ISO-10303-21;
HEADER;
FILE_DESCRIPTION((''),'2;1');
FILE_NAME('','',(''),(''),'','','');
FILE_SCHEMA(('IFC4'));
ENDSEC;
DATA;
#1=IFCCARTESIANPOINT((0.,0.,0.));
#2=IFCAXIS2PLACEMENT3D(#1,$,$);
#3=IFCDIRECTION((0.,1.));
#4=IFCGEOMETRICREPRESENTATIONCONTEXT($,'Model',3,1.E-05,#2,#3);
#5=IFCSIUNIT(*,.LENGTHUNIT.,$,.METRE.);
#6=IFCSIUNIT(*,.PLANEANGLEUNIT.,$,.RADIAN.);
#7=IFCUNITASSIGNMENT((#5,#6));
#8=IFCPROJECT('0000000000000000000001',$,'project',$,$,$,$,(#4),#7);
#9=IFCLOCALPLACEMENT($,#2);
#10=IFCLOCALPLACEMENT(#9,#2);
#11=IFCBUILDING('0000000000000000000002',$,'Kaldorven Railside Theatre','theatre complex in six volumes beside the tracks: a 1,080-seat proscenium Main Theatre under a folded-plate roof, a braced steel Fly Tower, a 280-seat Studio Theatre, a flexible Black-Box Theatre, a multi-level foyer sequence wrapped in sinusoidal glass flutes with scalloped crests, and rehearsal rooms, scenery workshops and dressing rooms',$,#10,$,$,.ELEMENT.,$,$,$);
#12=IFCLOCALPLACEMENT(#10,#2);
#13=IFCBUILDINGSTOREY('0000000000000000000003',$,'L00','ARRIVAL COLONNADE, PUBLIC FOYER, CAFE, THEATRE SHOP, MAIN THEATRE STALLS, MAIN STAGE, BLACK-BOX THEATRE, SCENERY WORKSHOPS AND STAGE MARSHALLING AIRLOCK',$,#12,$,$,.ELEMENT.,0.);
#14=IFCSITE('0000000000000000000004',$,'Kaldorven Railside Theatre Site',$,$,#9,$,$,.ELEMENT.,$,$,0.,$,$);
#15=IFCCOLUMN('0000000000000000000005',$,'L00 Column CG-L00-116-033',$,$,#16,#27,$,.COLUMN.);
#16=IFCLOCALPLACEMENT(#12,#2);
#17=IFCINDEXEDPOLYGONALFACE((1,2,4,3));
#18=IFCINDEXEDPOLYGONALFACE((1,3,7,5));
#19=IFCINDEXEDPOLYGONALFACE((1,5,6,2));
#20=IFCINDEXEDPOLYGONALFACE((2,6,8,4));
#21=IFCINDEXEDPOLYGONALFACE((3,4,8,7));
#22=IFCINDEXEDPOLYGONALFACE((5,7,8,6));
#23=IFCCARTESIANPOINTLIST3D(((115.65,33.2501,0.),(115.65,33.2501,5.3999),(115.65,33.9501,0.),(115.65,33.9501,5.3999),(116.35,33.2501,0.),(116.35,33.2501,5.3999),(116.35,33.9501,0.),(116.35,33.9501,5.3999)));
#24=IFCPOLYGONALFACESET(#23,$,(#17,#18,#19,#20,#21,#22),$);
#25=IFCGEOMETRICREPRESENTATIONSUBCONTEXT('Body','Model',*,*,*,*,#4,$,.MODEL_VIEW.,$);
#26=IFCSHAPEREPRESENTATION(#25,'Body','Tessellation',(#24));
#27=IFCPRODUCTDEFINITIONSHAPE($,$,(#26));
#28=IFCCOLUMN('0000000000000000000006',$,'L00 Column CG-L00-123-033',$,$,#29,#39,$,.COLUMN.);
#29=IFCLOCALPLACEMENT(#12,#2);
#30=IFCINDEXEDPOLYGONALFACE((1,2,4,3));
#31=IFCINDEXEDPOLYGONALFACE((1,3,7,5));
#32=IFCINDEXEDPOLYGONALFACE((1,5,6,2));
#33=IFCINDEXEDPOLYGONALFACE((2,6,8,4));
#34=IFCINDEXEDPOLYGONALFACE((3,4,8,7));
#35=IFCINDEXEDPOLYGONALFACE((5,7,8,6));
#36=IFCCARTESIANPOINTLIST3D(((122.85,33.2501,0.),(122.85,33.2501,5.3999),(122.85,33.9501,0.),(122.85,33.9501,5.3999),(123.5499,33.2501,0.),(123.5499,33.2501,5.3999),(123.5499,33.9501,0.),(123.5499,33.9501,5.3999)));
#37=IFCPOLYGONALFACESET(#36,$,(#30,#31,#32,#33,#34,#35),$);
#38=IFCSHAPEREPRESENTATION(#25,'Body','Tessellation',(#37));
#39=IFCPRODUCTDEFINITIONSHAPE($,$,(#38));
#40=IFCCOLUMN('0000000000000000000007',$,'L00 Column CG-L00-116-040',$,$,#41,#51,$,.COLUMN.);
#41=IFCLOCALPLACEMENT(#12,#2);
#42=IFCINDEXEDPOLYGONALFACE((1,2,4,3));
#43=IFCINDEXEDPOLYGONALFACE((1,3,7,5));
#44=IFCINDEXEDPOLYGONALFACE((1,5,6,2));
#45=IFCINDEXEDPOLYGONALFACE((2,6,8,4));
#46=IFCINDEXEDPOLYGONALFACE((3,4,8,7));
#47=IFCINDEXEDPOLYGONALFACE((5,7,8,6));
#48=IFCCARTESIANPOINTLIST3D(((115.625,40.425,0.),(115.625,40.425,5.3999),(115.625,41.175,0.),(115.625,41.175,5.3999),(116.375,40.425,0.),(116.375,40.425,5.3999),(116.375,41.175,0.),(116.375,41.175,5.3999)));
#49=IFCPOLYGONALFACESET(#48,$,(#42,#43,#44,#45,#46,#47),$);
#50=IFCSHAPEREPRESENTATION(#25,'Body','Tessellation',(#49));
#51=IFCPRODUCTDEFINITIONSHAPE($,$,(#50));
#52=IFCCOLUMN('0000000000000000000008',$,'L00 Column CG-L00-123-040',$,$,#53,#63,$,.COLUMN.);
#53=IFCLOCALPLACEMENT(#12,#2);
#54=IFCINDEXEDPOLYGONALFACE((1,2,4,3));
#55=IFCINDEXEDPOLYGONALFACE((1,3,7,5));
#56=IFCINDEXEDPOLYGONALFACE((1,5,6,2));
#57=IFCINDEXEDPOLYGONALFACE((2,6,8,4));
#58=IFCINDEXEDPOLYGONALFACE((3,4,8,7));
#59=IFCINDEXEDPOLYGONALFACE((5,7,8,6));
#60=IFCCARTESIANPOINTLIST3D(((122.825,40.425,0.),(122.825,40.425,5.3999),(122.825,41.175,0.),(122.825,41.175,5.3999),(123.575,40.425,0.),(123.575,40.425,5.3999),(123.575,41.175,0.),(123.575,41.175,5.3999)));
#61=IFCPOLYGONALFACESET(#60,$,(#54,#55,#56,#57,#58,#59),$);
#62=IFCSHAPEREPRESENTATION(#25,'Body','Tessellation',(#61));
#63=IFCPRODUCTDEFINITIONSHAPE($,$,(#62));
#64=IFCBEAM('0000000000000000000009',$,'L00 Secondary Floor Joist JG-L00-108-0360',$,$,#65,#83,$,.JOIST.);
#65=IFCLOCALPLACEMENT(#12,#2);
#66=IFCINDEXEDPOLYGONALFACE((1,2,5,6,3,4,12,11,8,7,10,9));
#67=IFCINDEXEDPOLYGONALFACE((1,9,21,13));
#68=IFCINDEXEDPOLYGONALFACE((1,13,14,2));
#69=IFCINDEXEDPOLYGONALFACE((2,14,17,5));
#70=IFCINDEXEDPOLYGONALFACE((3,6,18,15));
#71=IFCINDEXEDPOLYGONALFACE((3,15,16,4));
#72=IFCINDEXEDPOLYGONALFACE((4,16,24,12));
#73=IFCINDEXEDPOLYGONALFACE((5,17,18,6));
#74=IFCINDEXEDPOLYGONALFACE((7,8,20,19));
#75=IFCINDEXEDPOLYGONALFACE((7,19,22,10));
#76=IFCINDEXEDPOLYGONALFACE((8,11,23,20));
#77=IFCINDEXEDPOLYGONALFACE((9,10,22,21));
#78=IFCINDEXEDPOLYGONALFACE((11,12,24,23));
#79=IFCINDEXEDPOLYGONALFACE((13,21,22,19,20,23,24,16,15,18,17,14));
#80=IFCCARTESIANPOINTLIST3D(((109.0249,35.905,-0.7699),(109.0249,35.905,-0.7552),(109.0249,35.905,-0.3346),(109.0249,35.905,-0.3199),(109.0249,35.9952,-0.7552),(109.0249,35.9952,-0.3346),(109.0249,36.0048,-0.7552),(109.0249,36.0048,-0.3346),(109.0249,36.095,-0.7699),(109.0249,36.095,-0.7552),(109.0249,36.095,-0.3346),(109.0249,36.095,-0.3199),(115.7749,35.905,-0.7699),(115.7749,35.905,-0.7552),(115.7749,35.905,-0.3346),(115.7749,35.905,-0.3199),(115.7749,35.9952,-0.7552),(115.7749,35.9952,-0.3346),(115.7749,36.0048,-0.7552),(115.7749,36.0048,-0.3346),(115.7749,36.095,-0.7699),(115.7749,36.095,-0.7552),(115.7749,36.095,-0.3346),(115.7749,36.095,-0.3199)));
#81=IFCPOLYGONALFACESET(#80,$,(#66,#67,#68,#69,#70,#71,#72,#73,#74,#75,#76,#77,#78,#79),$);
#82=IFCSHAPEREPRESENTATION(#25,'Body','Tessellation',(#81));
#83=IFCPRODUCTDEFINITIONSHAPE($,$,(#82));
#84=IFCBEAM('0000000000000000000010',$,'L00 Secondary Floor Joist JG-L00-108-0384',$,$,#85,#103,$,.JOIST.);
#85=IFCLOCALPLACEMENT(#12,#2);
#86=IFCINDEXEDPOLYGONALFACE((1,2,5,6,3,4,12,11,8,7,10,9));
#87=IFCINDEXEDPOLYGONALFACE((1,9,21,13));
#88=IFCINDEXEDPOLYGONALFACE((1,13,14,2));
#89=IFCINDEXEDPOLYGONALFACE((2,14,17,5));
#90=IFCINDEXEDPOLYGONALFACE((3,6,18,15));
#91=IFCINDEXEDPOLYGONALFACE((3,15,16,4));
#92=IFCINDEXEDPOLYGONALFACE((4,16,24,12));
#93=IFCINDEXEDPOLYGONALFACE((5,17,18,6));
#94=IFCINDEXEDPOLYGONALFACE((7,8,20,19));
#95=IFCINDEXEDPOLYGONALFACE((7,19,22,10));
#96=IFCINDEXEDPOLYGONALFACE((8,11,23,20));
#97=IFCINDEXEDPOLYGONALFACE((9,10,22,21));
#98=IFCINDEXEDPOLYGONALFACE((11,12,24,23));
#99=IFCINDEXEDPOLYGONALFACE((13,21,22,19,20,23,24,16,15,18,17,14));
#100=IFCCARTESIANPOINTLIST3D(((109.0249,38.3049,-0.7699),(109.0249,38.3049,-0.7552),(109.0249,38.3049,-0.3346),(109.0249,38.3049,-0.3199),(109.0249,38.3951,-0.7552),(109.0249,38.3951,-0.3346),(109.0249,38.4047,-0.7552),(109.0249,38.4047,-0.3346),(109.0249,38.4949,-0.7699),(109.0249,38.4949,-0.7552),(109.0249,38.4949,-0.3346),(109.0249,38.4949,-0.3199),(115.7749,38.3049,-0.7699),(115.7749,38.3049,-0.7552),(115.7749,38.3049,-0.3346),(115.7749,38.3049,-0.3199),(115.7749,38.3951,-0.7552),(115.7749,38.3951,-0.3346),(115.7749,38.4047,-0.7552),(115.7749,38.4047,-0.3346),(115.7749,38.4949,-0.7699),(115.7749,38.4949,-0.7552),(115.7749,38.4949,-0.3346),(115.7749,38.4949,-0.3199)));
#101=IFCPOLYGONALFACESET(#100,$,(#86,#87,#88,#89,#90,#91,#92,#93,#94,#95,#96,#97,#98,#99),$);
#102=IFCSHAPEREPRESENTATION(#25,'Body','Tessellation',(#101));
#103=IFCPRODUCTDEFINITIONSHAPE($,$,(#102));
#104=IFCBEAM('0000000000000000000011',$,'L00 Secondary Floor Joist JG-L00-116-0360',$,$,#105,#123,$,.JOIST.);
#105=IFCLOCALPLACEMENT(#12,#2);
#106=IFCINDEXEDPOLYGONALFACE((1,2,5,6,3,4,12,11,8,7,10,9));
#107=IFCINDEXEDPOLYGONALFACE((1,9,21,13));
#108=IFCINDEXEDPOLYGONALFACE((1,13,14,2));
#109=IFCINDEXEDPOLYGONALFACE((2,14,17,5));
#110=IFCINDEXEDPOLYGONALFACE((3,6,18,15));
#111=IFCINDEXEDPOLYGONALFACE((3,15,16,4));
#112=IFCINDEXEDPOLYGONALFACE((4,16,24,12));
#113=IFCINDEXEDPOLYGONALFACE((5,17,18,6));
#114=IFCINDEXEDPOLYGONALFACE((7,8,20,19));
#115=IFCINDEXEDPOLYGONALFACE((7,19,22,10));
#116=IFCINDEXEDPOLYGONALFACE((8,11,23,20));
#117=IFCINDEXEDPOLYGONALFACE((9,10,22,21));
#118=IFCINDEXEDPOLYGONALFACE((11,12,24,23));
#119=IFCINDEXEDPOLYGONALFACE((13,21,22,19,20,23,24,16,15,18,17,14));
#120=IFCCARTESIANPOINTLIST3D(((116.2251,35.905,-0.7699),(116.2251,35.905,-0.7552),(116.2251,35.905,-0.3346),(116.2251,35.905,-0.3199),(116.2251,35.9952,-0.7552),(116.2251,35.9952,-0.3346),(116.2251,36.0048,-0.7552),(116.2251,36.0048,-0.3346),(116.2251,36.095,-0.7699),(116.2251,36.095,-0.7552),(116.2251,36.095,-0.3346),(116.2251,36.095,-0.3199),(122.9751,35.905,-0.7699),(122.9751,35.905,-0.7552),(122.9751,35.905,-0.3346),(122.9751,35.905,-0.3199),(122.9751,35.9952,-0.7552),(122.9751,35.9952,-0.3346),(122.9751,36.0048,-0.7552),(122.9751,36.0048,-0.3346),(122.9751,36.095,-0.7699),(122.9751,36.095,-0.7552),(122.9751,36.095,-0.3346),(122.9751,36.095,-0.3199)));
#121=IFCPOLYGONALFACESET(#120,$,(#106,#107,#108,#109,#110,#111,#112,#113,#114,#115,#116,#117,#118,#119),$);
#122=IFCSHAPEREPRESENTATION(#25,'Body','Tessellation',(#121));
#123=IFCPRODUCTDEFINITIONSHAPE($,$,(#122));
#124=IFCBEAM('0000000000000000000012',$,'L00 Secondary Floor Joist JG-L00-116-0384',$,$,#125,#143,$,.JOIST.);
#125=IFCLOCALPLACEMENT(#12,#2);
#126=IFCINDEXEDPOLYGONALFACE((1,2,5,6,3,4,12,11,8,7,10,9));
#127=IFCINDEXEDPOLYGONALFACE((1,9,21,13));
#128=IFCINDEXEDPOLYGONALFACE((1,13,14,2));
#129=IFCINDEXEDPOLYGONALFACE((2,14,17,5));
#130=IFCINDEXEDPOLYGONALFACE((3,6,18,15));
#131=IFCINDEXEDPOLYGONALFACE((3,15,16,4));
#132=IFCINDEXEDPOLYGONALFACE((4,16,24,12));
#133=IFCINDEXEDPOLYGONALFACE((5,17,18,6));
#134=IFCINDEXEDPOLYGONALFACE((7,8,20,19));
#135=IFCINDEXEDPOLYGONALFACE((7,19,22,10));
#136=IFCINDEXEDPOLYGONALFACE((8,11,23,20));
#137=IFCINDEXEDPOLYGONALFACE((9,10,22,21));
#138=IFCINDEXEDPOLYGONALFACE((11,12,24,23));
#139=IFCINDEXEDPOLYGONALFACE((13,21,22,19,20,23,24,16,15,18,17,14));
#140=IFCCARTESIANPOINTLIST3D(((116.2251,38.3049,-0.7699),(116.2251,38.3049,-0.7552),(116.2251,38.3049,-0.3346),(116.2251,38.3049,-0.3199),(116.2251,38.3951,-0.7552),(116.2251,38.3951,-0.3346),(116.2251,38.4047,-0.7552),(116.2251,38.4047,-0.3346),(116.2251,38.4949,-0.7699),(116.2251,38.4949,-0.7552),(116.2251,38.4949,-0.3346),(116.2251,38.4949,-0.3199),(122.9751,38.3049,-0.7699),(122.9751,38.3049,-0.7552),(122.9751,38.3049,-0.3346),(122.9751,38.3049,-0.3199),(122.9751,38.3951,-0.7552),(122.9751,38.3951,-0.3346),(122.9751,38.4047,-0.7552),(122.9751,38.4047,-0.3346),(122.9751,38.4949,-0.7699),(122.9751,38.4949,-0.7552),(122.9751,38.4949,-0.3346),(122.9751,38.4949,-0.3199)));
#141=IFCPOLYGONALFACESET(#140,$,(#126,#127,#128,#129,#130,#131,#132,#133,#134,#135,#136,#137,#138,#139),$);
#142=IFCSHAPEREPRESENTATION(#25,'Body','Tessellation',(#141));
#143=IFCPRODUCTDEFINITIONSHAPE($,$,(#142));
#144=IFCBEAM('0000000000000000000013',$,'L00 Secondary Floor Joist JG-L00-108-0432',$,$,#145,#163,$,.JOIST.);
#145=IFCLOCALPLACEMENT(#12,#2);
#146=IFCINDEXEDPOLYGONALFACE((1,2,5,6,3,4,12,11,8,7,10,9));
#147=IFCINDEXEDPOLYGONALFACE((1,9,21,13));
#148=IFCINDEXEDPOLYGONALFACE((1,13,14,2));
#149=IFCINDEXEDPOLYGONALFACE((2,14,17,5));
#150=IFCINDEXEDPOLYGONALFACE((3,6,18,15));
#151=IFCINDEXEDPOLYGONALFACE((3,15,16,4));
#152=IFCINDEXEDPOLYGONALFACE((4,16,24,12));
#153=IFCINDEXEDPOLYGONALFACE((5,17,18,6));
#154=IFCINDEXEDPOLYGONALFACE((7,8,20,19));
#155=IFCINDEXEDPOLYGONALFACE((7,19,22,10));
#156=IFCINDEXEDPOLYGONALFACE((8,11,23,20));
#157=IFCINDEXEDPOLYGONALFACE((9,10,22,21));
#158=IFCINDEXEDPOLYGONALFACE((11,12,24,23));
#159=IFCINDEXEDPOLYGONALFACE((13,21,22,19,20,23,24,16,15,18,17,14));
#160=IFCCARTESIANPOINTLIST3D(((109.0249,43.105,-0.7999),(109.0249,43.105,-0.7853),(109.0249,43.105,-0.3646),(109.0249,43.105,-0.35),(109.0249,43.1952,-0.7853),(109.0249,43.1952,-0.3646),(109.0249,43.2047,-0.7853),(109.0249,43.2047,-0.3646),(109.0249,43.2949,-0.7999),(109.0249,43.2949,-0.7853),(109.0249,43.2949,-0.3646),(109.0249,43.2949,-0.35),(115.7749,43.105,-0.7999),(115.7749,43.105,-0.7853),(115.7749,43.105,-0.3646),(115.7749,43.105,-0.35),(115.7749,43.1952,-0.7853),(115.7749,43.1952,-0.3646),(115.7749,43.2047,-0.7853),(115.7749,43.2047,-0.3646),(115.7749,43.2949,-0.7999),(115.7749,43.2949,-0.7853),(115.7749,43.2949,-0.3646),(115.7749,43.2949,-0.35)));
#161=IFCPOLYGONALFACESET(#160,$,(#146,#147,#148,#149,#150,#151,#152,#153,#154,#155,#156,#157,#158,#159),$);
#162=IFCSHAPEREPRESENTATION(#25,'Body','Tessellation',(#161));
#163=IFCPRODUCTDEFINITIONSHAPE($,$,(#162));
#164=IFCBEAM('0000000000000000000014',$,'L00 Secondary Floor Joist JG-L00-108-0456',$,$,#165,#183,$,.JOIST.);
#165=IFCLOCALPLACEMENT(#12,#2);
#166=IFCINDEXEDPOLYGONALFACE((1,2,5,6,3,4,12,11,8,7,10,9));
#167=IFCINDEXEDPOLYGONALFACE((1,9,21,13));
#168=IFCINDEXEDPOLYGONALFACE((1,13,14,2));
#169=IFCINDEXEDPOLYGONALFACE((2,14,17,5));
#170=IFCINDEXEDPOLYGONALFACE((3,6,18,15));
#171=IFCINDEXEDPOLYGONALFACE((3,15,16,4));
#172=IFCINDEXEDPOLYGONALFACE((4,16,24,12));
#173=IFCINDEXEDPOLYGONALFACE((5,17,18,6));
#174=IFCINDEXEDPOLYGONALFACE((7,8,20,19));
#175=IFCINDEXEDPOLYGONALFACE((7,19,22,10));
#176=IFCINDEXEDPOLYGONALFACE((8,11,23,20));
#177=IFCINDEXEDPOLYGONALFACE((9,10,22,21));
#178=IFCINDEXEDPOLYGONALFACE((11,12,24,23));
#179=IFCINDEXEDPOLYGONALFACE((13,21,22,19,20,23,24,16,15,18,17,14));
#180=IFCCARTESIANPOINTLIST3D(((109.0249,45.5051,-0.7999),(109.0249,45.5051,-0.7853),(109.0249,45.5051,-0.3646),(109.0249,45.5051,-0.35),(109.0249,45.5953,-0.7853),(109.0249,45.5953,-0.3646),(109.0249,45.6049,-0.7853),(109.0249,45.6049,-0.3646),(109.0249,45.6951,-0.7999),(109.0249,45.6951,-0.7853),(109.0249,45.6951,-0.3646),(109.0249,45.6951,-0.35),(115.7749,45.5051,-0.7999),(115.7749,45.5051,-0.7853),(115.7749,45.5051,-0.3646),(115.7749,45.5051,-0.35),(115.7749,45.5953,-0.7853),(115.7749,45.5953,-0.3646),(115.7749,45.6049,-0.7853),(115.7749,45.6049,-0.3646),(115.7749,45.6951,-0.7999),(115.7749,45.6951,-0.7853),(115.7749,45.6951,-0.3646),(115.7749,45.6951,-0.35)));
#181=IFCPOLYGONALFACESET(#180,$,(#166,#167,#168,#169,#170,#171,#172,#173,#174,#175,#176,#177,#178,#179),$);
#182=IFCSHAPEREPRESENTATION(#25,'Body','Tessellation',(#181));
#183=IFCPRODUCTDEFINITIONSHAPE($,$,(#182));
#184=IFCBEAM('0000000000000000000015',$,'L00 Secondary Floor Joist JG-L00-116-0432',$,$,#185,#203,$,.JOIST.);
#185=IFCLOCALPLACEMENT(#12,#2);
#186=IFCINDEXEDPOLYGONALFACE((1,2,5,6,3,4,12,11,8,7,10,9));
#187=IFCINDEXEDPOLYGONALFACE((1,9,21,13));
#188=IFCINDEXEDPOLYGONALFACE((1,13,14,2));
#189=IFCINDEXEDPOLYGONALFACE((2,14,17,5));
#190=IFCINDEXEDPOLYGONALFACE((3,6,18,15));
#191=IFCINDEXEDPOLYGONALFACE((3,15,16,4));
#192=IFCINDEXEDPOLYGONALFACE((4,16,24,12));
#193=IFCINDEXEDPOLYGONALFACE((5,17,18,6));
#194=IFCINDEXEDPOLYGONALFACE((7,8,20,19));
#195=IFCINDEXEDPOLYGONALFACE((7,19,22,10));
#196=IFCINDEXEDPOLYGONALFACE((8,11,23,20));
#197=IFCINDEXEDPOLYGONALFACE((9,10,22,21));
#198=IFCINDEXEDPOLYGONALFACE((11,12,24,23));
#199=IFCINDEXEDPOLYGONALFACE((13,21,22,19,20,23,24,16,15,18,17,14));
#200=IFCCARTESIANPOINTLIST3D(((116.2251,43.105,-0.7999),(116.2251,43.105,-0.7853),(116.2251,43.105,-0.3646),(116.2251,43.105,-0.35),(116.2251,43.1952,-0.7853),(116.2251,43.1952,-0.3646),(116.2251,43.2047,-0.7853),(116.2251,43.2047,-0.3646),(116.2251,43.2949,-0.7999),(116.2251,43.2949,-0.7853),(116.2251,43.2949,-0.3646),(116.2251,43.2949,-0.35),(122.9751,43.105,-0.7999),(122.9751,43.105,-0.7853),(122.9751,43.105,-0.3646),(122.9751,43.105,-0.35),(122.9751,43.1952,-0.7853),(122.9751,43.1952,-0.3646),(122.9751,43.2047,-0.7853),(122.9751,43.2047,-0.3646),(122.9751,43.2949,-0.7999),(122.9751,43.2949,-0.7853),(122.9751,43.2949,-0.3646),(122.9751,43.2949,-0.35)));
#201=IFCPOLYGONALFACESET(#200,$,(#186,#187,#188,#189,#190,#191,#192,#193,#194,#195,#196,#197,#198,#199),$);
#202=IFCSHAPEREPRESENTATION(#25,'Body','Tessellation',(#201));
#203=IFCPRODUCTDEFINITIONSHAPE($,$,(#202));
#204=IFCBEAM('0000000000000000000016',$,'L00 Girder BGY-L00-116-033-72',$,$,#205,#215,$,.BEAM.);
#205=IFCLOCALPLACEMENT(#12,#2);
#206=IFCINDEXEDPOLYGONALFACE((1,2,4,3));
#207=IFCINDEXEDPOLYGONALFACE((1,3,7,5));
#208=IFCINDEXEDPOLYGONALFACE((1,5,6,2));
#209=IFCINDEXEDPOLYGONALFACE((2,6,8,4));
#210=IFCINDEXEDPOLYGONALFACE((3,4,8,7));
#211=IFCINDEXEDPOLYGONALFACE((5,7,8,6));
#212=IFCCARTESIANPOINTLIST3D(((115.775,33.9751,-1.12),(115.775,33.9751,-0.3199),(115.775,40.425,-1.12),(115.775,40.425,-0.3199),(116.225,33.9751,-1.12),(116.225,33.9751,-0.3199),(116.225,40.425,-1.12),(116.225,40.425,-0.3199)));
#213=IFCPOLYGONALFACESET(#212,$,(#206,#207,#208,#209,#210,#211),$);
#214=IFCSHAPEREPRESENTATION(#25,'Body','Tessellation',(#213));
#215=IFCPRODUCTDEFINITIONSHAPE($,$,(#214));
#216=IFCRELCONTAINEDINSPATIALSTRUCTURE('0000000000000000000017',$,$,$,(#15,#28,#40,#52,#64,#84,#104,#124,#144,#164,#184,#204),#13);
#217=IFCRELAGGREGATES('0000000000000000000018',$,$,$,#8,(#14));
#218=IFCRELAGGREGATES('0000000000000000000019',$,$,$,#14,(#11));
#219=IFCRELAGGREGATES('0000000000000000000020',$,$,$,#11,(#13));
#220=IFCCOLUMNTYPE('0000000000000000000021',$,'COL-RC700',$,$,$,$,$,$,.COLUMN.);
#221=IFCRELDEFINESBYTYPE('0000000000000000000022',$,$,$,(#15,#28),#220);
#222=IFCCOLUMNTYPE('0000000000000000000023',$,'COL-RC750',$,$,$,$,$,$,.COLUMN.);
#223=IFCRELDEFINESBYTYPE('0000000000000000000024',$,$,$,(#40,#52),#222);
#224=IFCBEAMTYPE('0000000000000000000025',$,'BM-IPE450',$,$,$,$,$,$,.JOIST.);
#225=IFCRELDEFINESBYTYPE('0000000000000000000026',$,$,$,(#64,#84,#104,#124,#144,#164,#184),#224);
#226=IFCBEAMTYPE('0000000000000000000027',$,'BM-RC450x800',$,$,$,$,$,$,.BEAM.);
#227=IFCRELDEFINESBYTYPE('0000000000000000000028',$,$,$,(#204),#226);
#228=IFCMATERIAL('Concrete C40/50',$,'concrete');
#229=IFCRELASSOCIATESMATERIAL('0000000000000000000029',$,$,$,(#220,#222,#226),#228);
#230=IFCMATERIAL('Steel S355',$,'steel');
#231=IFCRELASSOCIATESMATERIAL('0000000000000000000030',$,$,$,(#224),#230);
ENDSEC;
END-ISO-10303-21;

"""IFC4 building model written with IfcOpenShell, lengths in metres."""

from ifc_helpers import new_model, si_unit, direction, frame, origin, origin_2d, place, context, subcontext, project, spatial, rectangle, i_section, extrude, material, material_profile, profile_set, type_object, element, save


model = new_model("IFC4")

# Units and contexts
model_context = context("Model", 3, precision=1e-05, world=origin(), true_north=direction((0.0, 1.0)))
body_context = subcontext(model_context, "Body", "Model", "MODEL_VIEW")
ifc_project = project(units=[si_unit("LENGTHUNIT", "METRE"), si_unit("PLANEANGLEUNIT", "RADIAN")], contexts=[model_context])

# Site, building, storey
site_placement = place(None, origin())
site = spatial("IfcSite", under=ifc_project, at=site_placement, Name="Kaldorven Railside Theatre Site", CompositionType="ELEMENT", RefElevation=0.0)
building_placement = place(site_placement, origin())
building = spatial("IfcBuilding", under=site, at=building_placement, Name="Kaldorven Railside Theatre", Description="theatre complex in six volumes beside the tracks: a 1,080-seat proscenium Main Theatre under a folded-plate roof, a braced steel Fly Tower, a 280-seat Studio Theatre, a flexible Black-Box Theatre, a multi-level foyer sequence wrapped in sinusoidal glass flutes with scalloped crests, and rehearsal rooms, scenery workshops and dressing rooms", CompositionType="ELEMENT")
storey_placement = place(building_placement, origin())
storey = spatial("IfcBuildingStorey", under=building, at=storey_placement, Name="L00", Description="ARRIVAL COLONNADE, PUBLIC FOYER, CAFE, THEATRE SHOP, MAIN THEATRE STALLS, MAIN STAGE, BLACK-BOX THEATRE, SCENERY WORKSHOPS AND STAGE MARSHALLING AIRLOCK", CompositionType="ELEMENT", Elevation=0.0)

# Columns
ifc_material_1 = material(Name="Concrete C40/50", Category="concrete")
ifc_material_profile_1 = material_profile(ifc_material_1, rectangle(XDim=0.7, YDim=0.7, at=origin_2d()), Name="RC 700x700")
ifc_profile_set_1 = profile_set([ifc_material_profile_1], Name="Concrete C40/50")
column_type_1 = type_object("IfcColumnType", Name="COL-RC700", PredefinedType="COLUMN", material=ifc_profile_set_1)
for number, where, z_axis, x_axis, name in (
    (1, (116.0, 33.6001, 0.0), (0.0, 0.0, 1.0), (0.0, 1.0, 0.0), "L00 Column CG-L00-116-033"),
    (2, (123.2, 33.6001, 0.0), (0.0, 0.0, 1.0), (1.0, 0.0, 0.0), "L00 Column CG-L00-123-033"),
):
    element("IfcColumn", number, at=place(storey_placement, frame(where, z_axis=z_axis, x_axis=x_axis)), inside=storey, type_object=column_type_1, Name=name, PredefinedType="COLUMN", context=body_context, shape_type="SweptSolid", body=[
        extrude(rectangle(XDim=0.7, YDim=0.7, at=origin_2d()), origin(), (0.0, 0.0, 1.0), 5.3999),
    ])
ifc_material_profile_2 = material_profile(ifc_material_1, rectangle(XDim=0.75, YDim=0.75, at=origin_2d()), Name="RC 750x750")
ifc_profile_set_2 = profile_set([ifc_material_profile_2], Name="Concrete C40/50")
column_type_2 = type_object("IfcColumnType", Name="COL-RC750", PredefinedType="COLUMN", material=ifc_profile_set_2)
for number, where, z_axis, x_axis, name in (
    (3, (116.0, 40.8, 0.0), (0.0, 0.0, 1.0), (1.0, 0.0, 0.0), "L00 Column CG-L00-116-040"),
    (4, (123.2, 40.8, 0.0), (0.0, 0.0, 1.0), (1.0, 0.0, 0.0), "L00 Column CG-L00-123-040"),
):
    element("IfcColumn", number, at=place(storey_placement, frame(where, z_axis=z_axis, x_axis=x_axis)), inside=storey, type_object=column_type_2, Name=name, PredefinedType="COLUMN", context=body_context, shape_type="SweptSolid", body=[
        extrude(rectangle(XDim=0.75, YDim=0.75, at=origin_2d()), origin(), (0.0, 0.0, 1.0), 5.3999),
    ])

# Beams
ifc_material_2 = material(Name="Steel S355", Category="steel")
ifc_material_profile_3 = material_profile(ifc_material_2, i_section(OverallWidth=0.1899, OverallDepth=0.45, WebThickness=0.0095, FlangeThickness=0.0146, at=origin_2d()), Name="IPE 450")
ifc_profile_set_3 = profile_set([ifc_material_profile_3], Name="Steel S355")
beam_type_1 = type_object("IfcBeamType", Name="BM-IPE450", PredefinedType="JOIST", material=ifc_profile_set_3)
for number, where, z_axis, x_axis, name in (
    (5, (109.0249, 36.0, -0.5449), (1.0, 0.0, 0.0), (0.0, 1.0, 0.0), "L00 Secondary Floor Joist JG-L00-108-0360"),
    (6, (109.0249, 38.3999, -0.5449), (1.0, 0.0, 0.0), (0.0, 1.0, 0.0), "L00 Secondary Floor Joist JG-L00-108-0384"),
    (7, (116.2251, 36.0, -0.5449), (1.0, 0.0, 0.0), (0.0, 1.0, 0.0), "L00 Secondary Floor Joist JG-L00-116-0360"),
    (8, (116.2251, 38.3999, -0.5449), (1.0, 0.0, 0.0), (0.0, 1.0, 0.0), "L00 Secondary Floor Joist JG-L00-116-0384"),
    (9, (109.0249, 43.2, -0.575), (1.0, 0.0, 0.0), (0.0, 1.0, 0.0), "L00 Secondary Floor Joist JG-L00-108-0432"),
    (10, (109.0249, 45.6001, -0.575), (1.0, 0.0, 0.0), (0.0, 1.0, 0.0), "L00 Secondary Floor Joist JG-L00-108-0456"),
    (11, (116.2251, 43.2, -0.575), (1.0, 0.0, 0.0), (0.0, 1.0, 0.0), "L00 Secondary Floor Joist JG-L00-116-0432"),
):
    element("IfcBeam", number, at=place(storey_placement, frame(where, z_axis=z_axis, x_axis=x_axis)), inside=storey, type_object=beam_type_1, Name=name, PredefinedType="JOIST", context=body_context, shape_type="SweptSolid", body=[
        extrude(i_section(OverallWidth=0.1899, OverallDepth=0.45, WebThickness=0.0095, FlangeThickness=0.0146, at=origin_2d()), origin(), (0.0, 0.0, 1.0), 6.75),
    ])
ifc_material_profile_4 = material_profile(ifc_material_1, rectangle(XDim=0.45, YDim=0.8, at=origin_2d()), Name="RC 450x800")
ifc_profile_set_4 = profile_set([ifc_material_profile_4], Name="Concrete C40/50")
beam_type_2 = type_object("IfcBeamType", Name="BM-RC450x800", PredefinedType="BEAM", material=ifc_profile_set_4)
for number, where, z_axis, x_axis, name in (
    (12, (116.0, 33.9751, -0.72), (0.0, 1.0, 0.0), (-1.0, 0.0, 0.0), "L00 Girder BGY-L00-116-033-72"),
):
    element("IfcBeam", number, at=place(storey_placement, frame(where, z_axis=z_axis, x_axis=x_axis)), inside=storey, type_object=beam_type_2, Name=name, PredefinedType="BEAM", context=body_context, shape_type="SweptSolid", body=[
        extrude(rectangle(XDim=0.45, YDim=0.8, at=origin_2d()), origin(), (0.0, 0.0, 1.0), 6.45),
    ])

save(model, "model.ifc")
